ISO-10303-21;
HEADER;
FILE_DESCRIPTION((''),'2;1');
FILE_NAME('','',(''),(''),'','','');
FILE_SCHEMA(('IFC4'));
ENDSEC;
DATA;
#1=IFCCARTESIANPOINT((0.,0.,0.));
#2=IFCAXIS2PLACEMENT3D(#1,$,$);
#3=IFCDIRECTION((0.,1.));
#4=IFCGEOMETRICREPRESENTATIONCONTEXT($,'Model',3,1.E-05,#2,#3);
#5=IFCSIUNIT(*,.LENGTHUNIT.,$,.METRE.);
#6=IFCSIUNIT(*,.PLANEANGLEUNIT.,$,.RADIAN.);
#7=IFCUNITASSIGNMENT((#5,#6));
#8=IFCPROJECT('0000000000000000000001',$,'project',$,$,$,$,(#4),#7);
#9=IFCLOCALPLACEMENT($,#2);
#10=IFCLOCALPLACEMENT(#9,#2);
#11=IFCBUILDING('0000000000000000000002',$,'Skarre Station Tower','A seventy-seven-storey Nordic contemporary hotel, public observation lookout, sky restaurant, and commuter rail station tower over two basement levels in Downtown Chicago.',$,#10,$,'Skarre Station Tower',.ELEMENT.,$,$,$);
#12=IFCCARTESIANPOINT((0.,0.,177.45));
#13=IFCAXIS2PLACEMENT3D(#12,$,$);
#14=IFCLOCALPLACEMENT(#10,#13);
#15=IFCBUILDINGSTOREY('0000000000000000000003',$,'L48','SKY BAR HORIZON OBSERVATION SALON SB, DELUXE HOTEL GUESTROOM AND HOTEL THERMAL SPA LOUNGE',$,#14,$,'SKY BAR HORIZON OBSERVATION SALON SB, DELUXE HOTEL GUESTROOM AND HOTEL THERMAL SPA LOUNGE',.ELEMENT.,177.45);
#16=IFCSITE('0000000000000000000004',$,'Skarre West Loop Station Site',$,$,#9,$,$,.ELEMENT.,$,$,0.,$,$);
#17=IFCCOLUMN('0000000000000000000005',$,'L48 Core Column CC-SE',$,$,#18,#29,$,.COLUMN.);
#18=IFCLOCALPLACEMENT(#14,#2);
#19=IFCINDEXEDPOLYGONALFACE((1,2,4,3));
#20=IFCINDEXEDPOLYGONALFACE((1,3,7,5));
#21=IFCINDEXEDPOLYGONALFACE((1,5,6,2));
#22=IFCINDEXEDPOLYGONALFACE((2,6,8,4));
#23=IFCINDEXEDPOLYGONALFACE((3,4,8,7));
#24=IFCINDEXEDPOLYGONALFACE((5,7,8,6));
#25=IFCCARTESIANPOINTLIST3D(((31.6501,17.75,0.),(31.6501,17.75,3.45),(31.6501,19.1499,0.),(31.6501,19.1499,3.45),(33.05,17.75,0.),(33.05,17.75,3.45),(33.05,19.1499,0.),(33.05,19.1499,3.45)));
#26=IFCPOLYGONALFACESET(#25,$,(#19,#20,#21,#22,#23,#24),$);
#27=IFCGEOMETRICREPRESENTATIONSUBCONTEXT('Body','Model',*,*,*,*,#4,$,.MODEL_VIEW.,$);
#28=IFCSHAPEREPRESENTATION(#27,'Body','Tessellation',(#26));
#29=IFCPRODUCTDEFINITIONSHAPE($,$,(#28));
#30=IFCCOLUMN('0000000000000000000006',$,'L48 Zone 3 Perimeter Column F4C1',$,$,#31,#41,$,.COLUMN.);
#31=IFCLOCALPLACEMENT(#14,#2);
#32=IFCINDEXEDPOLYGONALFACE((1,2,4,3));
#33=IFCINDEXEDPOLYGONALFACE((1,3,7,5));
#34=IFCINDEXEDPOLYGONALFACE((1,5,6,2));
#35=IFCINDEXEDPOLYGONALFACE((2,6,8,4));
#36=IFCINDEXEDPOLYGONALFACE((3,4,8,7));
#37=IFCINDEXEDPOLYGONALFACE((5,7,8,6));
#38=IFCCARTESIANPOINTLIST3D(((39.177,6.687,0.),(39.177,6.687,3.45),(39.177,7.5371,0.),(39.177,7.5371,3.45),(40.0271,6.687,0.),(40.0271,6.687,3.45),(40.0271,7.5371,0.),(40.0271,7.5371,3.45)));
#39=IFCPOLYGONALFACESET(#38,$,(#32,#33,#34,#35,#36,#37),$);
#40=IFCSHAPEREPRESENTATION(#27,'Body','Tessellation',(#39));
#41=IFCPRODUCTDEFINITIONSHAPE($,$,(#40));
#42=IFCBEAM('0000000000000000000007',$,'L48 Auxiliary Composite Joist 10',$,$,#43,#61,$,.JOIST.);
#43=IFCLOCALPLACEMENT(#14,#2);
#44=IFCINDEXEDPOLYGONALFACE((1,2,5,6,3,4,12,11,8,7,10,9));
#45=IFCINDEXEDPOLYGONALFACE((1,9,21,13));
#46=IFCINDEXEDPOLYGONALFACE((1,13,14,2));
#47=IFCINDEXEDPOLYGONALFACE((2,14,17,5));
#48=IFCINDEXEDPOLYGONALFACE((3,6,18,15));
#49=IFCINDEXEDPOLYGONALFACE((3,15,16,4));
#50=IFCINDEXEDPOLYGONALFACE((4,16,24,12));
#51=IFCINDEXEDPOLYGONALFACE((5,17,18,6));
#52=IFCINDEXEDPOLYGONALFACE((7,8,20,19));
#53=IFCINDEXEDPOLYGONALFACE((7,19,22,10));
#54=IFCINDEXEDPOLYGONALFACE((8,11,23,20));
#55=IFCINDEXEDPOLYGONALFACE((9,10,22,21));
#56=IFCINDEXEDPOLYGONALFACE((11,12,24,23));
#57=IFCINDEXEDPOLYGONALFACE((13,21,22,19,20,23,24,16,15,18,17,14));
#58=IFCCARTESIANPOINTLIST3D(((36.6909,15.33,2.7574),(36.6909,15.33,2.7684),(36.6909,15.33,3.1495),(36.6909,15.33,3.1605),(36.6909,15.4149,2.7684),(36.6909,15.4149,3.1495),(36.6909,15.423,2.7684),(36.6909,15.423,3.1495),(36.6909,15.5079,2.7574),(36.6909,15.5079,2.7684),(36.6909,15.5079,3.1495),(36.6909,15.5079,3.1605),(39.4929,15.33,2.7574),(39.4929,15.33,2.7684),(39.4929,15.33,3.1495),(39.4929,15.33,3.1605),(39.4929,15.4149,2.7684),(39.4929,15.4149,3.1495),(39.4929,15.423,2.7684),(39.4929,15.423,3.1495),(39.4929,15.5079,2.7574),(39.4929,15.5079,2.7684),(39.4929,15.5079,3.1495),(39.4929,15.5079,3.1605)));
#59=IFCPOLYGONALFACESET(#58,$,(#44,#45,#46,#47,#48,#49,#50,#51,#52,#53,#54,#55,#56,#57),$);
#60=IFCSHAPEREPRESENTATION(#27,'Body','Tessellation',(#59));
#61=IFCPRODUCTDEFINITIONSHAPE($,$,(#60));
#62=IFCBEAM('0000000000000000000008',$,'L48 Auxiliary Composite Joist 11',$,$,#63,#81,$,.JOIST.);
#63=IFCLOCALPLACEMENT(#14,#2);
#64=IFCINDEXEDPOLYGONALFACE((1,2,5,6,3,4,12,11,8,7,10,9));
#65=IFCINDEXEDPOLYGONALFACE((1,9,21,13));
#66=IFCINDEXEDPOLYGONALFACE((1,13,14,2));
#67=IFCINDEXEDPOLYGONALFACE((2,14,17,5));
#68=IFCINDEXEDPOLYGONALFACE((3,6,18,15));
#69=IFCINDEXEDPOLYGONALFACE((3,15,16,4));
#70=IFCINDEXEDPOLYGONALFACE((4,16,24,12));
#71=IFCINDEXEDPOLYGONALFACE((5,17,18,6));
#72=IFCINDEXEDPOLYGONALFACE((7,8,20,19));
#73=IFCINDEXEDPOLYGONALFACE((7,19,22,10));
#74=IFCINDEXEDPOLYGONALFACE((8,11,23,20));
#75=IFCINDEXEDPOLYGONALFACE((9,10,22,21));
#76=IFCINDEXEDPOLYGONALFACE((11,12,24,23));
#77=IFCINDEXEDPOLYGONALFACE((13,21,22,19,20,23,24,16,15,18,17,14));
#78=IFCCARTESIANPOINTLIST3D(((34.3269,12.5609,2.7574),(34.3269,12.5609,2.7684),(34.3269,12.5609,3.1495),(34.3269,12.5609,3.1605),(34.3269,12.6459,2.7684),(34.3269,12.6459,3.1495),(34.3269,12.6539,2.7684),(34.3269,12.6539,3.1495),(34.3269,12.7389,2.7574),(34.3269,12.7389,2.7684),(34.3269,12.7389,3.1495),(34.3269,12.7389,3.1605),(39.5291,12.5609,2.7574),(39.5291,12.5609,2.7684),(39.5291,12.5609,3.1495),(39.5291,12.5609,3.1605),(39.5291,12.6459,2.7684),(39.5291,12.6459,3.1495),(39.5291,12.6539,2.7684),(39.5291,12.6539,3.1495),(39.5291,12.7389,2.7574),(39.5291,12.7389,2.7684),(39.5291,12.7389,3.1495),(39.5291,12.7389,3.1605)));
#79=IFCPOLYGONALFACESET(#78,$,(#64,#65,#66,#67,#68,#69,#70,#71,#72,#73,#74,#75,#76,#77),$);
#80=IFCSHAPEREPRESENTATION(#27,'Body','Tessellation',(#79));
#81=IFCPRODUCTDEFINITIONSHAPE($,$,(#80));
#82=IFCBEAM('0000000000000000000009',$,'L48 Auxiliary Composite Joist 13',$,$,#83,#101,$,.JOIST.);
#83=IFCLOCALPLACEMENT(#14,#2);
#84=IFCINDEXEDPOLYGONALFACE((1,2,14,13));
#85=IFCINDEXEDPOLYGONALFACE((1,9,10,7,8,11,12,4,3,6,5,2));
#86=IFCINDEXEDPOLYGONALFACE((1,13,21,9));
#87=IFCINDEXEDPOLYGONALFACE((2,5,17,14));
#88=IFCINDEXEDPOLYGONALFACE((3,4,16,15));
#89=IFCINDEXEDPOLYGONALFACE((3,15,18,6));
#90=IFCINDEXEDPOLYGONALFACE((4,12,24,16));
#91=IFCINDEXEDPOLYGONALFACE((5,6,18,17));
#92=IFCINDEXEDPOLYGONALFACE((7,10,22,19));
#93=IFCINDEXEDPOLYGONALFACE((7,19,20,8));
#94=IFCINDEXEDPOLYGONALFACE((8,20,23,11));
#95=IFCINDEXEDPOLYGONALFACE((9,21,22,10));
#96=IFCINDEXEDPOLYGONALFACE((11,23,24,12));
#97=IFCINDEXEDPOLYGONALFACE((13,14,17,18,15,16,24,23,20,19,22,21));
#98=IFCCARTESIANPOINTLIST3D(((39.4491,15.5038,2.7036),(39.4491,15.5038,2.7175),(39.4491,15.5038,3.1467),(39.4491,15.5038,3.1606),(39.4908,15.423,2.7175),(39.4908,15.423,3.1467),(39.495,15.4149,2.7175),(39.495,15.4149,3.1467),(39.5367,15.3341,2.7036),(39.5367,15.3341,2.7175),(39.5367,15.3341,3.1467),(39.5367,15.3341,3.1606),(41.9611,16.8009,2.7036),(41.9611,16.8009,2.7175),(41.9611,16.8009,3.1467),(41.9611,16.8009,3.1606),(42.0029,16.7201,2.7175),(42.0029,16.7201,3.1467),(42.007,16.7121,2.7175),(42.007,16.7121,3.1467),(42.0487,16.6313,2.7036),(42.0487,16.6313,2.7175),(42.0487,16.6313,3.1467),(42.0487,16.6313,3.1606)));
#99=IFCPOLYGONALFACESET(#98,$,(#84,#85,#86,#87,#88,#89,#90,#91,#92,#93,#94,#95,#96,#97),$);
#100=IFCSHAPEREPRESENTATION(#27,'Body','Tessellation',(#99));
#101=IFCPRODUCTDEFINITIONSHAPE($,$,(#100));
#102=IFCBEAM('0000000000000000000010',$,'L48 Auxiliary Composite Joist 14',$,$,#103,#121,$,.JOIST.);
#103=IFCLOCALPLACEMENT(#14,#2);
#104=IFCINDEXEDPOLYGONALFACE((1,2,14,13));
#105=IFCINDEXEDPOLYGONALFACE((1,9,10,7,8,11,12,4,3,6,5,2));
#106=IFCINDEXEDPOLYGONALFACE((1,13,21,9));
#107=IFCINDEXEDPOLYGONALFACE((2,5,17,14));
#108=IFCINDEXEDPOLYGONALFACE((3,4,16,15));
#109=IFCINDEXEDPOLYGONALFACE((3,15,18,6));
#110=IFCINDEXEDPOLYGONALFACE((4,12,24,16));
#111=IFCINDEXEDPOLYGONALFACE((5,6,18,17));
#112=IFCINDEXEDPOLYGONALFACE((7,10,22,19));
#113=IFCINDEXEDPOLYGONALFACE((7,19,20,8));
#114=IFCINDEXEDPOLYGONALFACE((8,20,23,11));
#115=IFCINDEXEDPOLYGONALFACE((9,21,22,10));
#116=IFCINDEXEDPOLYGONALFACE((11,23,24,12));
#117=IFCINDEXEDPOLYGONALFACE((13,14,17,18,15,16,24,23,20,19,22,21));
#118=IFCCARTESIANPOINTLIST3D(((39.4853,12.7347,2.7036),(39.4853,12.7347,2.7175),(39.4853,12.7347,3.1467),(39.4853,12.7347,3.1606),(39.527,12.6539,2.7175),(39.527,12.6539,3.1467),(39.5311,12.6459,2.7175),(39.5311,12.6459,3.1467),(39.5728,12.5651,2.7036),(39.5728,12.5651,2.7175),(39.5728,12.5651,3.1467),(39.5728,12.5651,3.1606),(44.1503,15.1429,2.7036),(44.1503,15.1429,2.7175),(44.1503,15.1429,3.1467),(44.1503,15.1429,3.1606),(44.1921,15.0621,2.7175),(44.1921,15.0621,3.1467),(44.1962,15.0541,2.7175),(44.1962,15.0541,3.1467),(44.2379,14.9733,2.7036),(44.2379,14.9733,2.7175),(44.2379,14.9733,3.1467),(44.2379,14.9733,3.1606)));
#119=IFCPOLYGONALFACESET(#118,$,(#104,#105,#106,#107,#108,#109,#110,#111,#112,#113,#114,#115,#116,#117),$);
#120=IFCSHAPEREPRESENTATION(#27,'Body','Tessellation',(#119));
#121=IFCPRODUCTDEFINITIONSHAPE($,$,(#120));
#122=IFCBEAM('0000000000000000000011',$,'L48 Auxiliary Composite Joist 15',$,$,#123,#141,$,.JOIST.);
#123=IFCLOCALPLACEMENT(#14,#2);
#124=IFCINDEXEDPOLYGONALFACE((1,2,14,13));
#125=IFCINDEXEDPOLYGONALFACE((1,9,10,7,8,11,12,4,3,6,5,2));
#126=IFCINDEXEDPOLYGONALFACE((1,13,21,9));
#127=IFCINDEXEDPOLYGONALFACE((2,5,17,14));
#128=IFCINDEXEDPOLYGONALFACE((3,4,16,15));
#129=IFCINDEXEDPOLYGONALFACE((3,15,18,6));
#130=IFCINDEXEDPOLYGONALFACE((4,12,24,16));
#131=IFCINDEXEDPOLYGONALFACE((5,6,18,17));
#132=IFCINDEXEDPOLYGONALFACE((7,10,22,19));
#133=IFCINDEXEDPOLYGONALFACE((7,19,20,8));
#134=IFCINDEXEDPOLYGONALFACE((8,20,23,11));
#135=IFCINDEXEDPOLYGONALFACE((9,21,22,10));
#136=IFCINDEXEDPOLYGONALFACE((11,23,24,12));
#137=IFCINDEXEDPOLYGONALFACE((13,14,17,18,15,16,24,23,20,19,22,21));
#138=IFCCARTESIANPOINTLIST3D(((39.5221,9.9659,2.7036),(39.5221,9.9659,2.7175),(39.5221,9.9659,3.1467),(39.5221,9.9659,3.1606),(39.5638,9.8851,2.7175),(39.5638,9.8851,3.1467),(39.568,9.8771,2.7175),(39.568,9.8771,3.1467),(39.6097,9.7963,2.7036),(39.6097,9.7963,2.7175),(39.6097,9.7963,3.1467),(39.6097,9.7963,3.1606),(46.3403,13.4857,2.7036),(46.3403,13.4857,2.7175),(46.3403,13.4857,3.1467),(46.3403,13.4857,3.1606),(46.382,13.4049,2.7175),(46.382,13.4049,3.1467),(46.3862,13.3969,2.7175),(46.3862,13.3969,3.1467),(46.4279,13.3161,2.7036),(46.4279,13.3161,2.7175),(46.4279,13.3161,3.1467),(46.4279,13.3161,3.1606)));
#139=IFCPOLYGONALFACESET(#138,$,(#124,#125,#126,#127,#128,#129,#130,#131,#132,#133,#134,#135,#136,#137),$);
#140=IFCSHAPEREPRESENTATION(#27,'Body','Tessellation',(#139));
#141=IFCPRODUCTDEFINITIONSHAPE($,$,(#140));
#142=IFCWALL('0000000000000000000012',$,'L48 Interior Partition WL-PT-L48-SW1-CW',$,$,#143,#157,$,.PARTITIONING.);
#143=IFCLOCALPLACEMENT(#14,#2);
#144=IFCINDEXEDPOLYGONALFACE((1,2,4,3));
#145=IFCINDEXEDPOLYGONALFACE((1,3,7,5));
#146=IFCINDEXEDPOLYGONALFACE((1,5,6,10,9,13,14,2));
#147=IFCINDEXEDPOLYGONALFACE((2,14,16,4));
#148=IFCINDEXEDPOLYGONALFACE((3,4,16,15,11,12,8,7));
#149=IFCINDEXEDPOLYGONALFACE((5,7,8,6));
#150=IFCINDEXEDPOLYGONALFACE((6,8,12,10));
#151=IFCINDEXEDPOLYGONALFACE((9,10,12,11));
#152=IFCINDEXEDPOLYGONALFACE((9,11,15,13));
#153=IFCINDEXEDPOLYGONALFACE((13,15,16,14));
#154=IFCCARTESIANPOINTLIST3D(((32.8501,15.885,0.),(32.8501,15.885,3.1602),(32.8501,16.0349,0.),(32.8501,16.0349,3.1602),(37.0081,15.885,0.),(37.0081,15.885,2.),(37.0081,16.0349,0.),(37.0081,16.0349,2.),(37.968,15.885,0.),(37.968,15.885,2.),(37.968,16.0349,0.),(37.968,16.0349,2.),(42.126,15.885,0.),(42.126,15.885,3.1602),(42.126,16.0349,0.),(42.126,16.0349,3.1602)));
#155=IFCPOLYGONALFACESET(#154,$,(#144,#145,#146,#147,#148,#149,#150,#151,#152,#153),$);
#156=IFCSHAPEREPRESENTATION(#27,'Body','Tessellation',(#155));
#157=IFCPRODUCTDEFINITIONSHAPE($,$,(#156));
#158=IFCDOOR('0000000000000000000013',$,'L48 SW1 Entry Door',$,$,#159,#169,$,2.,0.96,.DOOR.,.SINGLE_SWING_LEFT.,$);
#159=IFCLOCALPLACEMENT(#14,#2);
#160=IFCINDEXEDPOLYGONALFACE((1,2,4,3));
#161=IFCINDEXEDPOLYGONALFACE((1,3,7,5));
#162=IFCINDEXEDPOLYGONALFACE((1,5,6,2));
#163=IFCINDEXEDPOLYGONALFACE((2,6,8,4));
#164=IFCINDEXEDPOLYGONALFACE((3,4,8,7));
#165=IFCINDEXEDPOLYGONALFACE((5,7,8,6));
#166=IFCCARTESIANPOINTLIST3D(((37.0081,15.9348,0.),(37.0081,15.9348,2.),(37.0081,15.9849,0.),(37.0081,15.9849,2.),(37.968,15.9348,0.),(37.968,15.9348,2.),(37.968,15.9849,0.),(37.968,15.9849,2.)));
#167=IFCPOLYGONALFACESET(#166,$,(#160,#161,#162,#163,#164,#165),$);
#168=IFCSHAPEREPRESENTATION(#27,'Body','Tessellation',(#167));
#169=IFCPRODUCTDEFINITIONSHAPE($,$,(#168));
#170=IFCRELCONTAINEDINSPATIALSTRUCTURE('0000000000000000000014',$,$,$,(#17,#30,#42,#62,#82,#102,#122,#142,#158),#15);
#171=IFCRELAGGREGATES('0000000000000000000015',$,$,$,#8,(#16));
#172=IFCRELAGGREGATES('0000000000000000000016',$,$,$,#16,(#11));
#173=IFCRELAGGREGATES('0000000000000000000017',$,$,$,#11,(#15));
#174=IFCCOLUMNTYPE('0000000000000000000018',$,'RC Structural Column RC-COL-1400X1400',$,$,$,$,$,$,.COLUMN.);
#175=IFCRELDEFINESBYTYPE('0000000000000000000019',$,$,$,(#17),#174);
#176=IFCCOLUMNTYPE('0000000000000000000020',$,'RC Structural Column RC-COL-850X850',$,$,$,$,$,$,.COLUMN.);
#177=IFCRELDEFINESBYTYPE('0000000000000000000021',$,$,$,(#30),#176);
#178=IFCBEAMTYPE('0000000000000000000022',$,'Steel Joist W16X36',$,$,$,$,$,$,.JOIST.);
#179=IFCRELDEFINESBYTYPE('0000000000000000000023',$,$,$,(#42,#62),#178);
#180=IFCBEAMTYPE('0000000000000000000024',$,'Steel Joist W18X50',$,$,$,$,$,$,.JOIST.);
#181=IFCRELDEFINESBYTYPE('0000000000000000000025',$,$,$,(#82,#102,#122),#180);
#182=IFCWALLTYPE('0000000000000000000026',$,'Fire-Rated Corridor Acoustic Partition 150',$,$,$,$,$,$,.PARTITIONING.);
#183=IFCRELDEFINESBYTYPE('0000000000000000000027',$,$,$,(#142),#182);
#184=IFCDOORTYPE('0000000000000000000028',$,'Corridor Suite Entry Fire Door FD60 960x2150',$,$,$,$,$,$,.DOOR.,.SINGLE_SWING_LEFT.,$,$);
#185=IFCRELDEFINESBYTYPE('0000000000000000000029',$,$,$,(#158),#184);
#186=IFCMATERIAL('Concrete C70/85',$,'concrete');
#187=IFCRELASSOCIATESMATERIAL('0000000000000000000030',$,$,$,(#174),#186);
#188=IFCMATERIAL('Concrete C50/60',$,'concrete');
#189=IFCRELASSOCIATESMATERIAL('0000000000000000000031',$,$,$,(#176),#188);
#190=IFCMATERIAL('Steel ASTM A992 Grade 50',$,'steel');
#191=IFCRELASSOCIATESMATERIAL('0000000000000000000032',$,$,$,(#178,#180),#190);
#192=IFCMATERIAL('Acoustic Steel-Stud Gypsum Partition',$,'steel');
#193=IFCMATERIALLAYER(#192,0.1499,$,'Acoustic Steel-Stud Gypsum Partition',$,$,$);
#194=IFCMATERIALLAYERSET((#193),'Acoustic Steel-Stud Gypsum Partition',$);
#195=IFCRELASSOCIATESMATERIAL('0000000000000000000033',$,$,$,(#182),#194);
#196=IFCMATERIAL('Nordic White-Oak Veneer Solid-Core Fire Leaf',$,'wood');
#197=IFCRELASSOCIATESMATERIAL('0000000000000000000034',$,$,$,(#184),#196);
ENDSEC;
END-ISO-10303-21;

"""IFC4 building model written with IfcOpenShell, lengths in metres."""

from ifc_helpers import new_model, si_unit, direction, frame, frame_2d, origin, origin_2d, place, context, subcontext, project, spatial, rectangle, i_section, extrude, material, layer, layer_set, material_profile, profile_set, type_object, element, fill, save


model = new_model("IFC4")

# Units and contexts
model_context = context("Model", 3, precision=1e-05, world=origin(), true_north=direction((0.0, 1.0)))
body_context = subcontext(model_context, "Body", "Model", "MODEL_VIEW")
ifc_project = project(units=[si_unit("LENGTHUNIT", "METRE"), si_unit("PLANEANGLEUNIT", "RADIAN")], contexts=[model_context])

# Site, building, storey
site_placement = place(None, origin())
site = spatial("IfcSite", under=ifc_project, at=site_placement, Name="Skarre West Loop Station Site", CompositionType="ELEMENT", RefElevation=0.0)
building_placement = place(site_placement, origin())
building = spatial("IfcBuilding", under=site, at=building_placement, Name="Skarre Station Tower", Description="A seventy-seven-storey Nordic contemporary hotel, public observation lookout, sky restaurant, and commuter rail station tower over two basement levels in Downtown Chicago.", LongName="Skarre Station Tower", CompositionType="ELEMENT")
storey_placement = place(building_placement, frame((0.0, 0.0, 177.45)))
storey = spatial("IfcBuildingStorey", under=building, at=storey_placement, Name="L48", Description="SKY BAR HORIZON OBSERVATION SALON SB, DELUXE HOTEL GUESTROOM AND HOTEL THERMAL SPA LOUNGE", LongName="SKY BAR HORIZON OBSERVATION SALON SB, DELUXE HOTEL GUESTROOM AND HOTEL THERMAL SPA LOUNGE", CompositionType="ELEMENT", Elevation=177.45)

# Columns
ifc_material_1 = material(Name="Concrete C70/85", Category="concrete")
ifc_material_profile_1 = material_profile(ifc_material_1, rectangle(XDim=1.3999, YDim=1.3999, at=origin_2d()), Name="Concrete C70/85")
ifc_profile_set_1 = profile_set([ifc_material_profile_1], Name="Concrete C70/85")
column_type_1 = type_object("IfcColumnType", Name="RC Structural Column RC-COL-1400X1400", PredefinedType="COLUMN", material=ifc_profile_set_1)
column_1_placement = place(storey_placement, frame((32.3501, 18.45, 0.0), z_axis=(0.0, 0.0, 1.0), x_axis=(1.0, 0.0, 0.0)))
element("IfcColumn", 1, at=column_1_placement, inside=storey, type_object=column_type_1, Name="L48 Core Column CC-SE", PredefinedType="COLUMN", context=body_context, shape_type="SweptSolid", body=[
    extrude(rectangle(XDim=1.3999, YDim=1.3999, at=origin_2d()), origin(), (0.0, 0.0, 1.0), 3.45),
])
ifc_material_2 = material(Name="Concrete C50/60", Category="concrete")
ifc_material_profile_2 = material_profile(ifc_material_2, rectangle(XDim=0.8501, YDim=0.8501, at=origin_2d()), Name="Concrete C50/60")
ifc_profile_set_2 = profile_set([ifc_material_profile_2], Name="Concrete C50/60")
column_type_2 = type_object("IfcColumnType", Name="RC Structural Column RC-COL-850X850", PredefinedType="COLUMN", material=ifc_profile_set_2)
column_2_placement = place(storey_placement, frame((39.6021, 7.1121, 0.0), z_axis=(0.0, 0.0, 1.0), x_axis=(1.0, 0.0, 0.0)))
element("IfcColumn", 2, at=column_2_placement, inside=storey, type_object=column_type_2, Name="L48 Zone 3 Perimeter Column F4C1", PredefinedType="COLUMN", context=body_context, shape_type="SweptSolid", body=[
    extrude(rectangle(XDim=0.8501, YDim=0.8501, at=origin_2d()), origin(), (0.0, 0.0, 1.0), 3.45),
])

# Beams
ifc_material_3 = material(Name="Steel ASTM A992 Grade 50", Category="steel")
ifc_material_profile_3 = material_profile(ifc_material_3, i_section(OverallWidth=0.178, OverallDepth=0.4031, WebThickness=0.0081, FlangeThickness=0.011, at=origin_2d()), Name="Steel ASTM A992 Grade 50")
ifc_profile_set_3 = profile_set([ifc_material_profile_3], Name="Steel ASTM A992 Grade 50")
beam_type_1 = type_object("IfcBeamType", Name="Steel Joist W16X36", PredefinedType="JOIST", material=ifc_profile_set_3)
beam_1_placement = place(storey_placement, frame((36.6909, 15.4189, 2.959), z_axis=(1.0, 0.0, 0.0), x_axis=(0.0, 1.0, 0.0)))
element("IfcBeam", 3, at=beam_1_placement, inside=storey, type_object=beam_type_1, Name="L48 Auxiliary Composite Joist 10", PredefinedType="JOIST", context=body_context, shape_type="SweptSolid", body=[
    extrude(i_section(OverallWidth=0.178, OverallDepth=0.4031, WebThickness=0.0081, FlangeThickness=0.011, at=origin_2d()), origin(), (0.0, 0.0, 1.0), 2.802),
])
beam_2_placement = place(storey_placement, frame((34.3269, 12.6499, 2.959), z_axis=(1.0, 0.0, 0.0), x_axis=(0.0, 1.0, 0.0)))
element("IfcBeam", 4, at=beam_2_placement, inside=storey, type_object=beam_type_1, Name="L48 Auxiliary Composite Joist 11", PredefinedType="JOIST", context=body_context, shape_type="SweptSolid", body=[
    extrude(i_section(OverallWidth=0.178, OverallDepth=0.4031, WebThickness=0.0081, FlangeThickness=0.011, at=origin_2d()), origin(), (0.0, 0.0, 1.0), 5.2021),
])
ifc_material_profile_4 = material_profile(ifc_material_3, i_section(OverallWidth=0.1909, OverallDepth=0.457, WebThickness=0.009, FlangeThickness=0.0139, at=origin_2d()), Name="Steel ASTM A992 Grade 50")
ifc_profile_set_4 = profile_set([ifc_material_profile_4], Name="Steel ASTM A992 Grade 50")
beam_type_2 = type_object("IfcBeamType", Name="Steel Joist W18X50", PredefinedType="JOIST", material=ifc_profile_set_4)
beam_3_placement = place(storey_placement, frame((39.4929, 15.4189, 2.9321), z_axis=(0.888531, 0.458817, 0.0), x_axis=(-0.458817, 0.888531, 0.0)))
element("IfcBeam", 5, at=beam_3_placement, inside=storey, type_object=beam_type_2, Name="L48 Auxiliary Composite Joist 13", PredefinedType="JOIST", context=body_context, shape_type="SweptSolid", body=[
    extrude(i_section(OverallWidth=0.1909, OverallDepth=0.457, WebThickness=0.009, FlangeThickness=0.0139, at=origin_2d()), origin(), (0.0, 0.0, 1.0), 2.8271),
])
beam_4_placement = place(storey_placement, frame((39.5291, 12.6499, 2.9321), z_axis=(0.888586, 0.458709, 0.0), x_axis=(-0.458709, 0.888586, 0.0)))
element("IfcBeam", 6, at=beam_4_placement, inside=storey, type_object=beam_type_2, Name="L48 Auxiliary Composite Joist 14", PredefinedType="JOIST", context=body_context, shape_type="SweptSolid", body=[
    extrude(i_section(OverallWidth=0.1909, OverallDepth=0.457, WebThickness=0.009, FlangeThickness=0.0139, at=origin_2d()), origin(), (0.0, 0.0, 1.0), 5.25),
])
beam_5_placement = place(storey_placement, frame((39.5659, 9.8811, 2.9321), z_axis=(0.888581, 0.45872, 0.0), x_axis=(-0.45872, 0.888581, 0.0)))
element("IfcBeam", 7, at=beam_5_placement, inside=storey, type_object=beam_type_2, Name="L48 Auxiliary Composite Joist 15", PredefinedType="JOIST", context=body_context, shape_type="SweptSolid", body=[
    extrude(i_section(OverallWidth=0.1909, OverallDepth=0.457, WebThickness=0.009, FlangeThickness=0.0139, at=origin_2d()), origin(), (0.0, 0.0, 1.0), 7.6731),
])

# Wall, opening, door
ifc_material_4 = material(Name="Acoustic Steel-Stud Gypsum Partition", Category="steel")
ifc_layer_1 = layer(ifc_material_4, 0.1499, Name="Acoustic Steel-Stud Gypsum Partition")
ifc_layer_set_1 = layer_set([ifc_layer_1], Name="Acoustic Steel-Stud Gypsum Partition")
wall_type_1 = type_object("IfcWallType", Name="Fire-Rated Corridor Acoustic Partition 150", PredefinedType="PARTITIONING", material=ifc_layer_set_1)
wall_1_placement = place(storey_placement, frame((32.8501, 15.96, 0.0), z_axis=(0.0, 0.0, 1.0), x_axis=(1.0, 0.0, 0.0)))
wall_1 = element("IfcWall", 8, at=wall_1_placement, inside=storey, type_object=wall_type_1, Name="L48 Interior Partition WL-PT-L48-SW1-CW", PredefinedType="PARTITIONING", context=body_context, shape_type="SweptSolid", body=[
    extrude(rectangle(XDim=9.2759, YDim=0.1499, at=frame_2d((4.6379, 0.0))), origin(), (0.0, 0.0, 1.0), 3.1602),
])
opening_1_placement = place(wall_1_placement, frame((4.158, 0.0, 0.0)))
opening_1 = element("IfcOpeningElement", 9, at=opening_1_placement, cuts=wall_1, PredefinedType="OPENING", context=body_context, shape_type="SweptSolid", body=[
    extrude(rectangle(XDim=0.96, YDim=2.0, at=frame_2d((0.48, 1.0))), frame((0.0, 0.085, 0.0), z_axis=(0.0, -1.0, 0.0), x_axis=(1.0, 0.0, 0.0)), (0.0, 0.0, 1.0), 0.1699),
])
ifc_material_5 = material(Name="Nordic White-Oak Veneer Solid-Core Fire Leaf", Category="wood")
door_type_1 = type_object("IfcDoorType", Name="Corridor Suite Entry Fire Door FD60 960x2150", OperationType="SINGLE_SWING_LEFT", PredefinedType="DOOR", material=ifc_material_5)
door_1_placement = place(opening_1_placement, origin())
door_1 = element("IfcDoor", 10, at=door_1_placement, inside=storey, type_object=door_type_1, Name="L48 SW1 Entry Door", OperationType="SINGLE_SWING_LEFT", OverallHeight=2.0, OverallWidth=0.96, PredefinedType="DOOR", context=body_context, shape_type="SweptSolid", body=[
    extrude(rectangle(XDim=0.96, YDim=2.0, at=frame_2d((0.48, 1.0))), frame((0.0, 0.0249, 0.0), z_axis=(0.0, -1.0, 0.0), x_axis=(1.0, 0.0, 0.0)), (0.0, 0.0, 1.0), 0.05),
])
fill(opening_1, door_1)

save(model, "model.ifc")
